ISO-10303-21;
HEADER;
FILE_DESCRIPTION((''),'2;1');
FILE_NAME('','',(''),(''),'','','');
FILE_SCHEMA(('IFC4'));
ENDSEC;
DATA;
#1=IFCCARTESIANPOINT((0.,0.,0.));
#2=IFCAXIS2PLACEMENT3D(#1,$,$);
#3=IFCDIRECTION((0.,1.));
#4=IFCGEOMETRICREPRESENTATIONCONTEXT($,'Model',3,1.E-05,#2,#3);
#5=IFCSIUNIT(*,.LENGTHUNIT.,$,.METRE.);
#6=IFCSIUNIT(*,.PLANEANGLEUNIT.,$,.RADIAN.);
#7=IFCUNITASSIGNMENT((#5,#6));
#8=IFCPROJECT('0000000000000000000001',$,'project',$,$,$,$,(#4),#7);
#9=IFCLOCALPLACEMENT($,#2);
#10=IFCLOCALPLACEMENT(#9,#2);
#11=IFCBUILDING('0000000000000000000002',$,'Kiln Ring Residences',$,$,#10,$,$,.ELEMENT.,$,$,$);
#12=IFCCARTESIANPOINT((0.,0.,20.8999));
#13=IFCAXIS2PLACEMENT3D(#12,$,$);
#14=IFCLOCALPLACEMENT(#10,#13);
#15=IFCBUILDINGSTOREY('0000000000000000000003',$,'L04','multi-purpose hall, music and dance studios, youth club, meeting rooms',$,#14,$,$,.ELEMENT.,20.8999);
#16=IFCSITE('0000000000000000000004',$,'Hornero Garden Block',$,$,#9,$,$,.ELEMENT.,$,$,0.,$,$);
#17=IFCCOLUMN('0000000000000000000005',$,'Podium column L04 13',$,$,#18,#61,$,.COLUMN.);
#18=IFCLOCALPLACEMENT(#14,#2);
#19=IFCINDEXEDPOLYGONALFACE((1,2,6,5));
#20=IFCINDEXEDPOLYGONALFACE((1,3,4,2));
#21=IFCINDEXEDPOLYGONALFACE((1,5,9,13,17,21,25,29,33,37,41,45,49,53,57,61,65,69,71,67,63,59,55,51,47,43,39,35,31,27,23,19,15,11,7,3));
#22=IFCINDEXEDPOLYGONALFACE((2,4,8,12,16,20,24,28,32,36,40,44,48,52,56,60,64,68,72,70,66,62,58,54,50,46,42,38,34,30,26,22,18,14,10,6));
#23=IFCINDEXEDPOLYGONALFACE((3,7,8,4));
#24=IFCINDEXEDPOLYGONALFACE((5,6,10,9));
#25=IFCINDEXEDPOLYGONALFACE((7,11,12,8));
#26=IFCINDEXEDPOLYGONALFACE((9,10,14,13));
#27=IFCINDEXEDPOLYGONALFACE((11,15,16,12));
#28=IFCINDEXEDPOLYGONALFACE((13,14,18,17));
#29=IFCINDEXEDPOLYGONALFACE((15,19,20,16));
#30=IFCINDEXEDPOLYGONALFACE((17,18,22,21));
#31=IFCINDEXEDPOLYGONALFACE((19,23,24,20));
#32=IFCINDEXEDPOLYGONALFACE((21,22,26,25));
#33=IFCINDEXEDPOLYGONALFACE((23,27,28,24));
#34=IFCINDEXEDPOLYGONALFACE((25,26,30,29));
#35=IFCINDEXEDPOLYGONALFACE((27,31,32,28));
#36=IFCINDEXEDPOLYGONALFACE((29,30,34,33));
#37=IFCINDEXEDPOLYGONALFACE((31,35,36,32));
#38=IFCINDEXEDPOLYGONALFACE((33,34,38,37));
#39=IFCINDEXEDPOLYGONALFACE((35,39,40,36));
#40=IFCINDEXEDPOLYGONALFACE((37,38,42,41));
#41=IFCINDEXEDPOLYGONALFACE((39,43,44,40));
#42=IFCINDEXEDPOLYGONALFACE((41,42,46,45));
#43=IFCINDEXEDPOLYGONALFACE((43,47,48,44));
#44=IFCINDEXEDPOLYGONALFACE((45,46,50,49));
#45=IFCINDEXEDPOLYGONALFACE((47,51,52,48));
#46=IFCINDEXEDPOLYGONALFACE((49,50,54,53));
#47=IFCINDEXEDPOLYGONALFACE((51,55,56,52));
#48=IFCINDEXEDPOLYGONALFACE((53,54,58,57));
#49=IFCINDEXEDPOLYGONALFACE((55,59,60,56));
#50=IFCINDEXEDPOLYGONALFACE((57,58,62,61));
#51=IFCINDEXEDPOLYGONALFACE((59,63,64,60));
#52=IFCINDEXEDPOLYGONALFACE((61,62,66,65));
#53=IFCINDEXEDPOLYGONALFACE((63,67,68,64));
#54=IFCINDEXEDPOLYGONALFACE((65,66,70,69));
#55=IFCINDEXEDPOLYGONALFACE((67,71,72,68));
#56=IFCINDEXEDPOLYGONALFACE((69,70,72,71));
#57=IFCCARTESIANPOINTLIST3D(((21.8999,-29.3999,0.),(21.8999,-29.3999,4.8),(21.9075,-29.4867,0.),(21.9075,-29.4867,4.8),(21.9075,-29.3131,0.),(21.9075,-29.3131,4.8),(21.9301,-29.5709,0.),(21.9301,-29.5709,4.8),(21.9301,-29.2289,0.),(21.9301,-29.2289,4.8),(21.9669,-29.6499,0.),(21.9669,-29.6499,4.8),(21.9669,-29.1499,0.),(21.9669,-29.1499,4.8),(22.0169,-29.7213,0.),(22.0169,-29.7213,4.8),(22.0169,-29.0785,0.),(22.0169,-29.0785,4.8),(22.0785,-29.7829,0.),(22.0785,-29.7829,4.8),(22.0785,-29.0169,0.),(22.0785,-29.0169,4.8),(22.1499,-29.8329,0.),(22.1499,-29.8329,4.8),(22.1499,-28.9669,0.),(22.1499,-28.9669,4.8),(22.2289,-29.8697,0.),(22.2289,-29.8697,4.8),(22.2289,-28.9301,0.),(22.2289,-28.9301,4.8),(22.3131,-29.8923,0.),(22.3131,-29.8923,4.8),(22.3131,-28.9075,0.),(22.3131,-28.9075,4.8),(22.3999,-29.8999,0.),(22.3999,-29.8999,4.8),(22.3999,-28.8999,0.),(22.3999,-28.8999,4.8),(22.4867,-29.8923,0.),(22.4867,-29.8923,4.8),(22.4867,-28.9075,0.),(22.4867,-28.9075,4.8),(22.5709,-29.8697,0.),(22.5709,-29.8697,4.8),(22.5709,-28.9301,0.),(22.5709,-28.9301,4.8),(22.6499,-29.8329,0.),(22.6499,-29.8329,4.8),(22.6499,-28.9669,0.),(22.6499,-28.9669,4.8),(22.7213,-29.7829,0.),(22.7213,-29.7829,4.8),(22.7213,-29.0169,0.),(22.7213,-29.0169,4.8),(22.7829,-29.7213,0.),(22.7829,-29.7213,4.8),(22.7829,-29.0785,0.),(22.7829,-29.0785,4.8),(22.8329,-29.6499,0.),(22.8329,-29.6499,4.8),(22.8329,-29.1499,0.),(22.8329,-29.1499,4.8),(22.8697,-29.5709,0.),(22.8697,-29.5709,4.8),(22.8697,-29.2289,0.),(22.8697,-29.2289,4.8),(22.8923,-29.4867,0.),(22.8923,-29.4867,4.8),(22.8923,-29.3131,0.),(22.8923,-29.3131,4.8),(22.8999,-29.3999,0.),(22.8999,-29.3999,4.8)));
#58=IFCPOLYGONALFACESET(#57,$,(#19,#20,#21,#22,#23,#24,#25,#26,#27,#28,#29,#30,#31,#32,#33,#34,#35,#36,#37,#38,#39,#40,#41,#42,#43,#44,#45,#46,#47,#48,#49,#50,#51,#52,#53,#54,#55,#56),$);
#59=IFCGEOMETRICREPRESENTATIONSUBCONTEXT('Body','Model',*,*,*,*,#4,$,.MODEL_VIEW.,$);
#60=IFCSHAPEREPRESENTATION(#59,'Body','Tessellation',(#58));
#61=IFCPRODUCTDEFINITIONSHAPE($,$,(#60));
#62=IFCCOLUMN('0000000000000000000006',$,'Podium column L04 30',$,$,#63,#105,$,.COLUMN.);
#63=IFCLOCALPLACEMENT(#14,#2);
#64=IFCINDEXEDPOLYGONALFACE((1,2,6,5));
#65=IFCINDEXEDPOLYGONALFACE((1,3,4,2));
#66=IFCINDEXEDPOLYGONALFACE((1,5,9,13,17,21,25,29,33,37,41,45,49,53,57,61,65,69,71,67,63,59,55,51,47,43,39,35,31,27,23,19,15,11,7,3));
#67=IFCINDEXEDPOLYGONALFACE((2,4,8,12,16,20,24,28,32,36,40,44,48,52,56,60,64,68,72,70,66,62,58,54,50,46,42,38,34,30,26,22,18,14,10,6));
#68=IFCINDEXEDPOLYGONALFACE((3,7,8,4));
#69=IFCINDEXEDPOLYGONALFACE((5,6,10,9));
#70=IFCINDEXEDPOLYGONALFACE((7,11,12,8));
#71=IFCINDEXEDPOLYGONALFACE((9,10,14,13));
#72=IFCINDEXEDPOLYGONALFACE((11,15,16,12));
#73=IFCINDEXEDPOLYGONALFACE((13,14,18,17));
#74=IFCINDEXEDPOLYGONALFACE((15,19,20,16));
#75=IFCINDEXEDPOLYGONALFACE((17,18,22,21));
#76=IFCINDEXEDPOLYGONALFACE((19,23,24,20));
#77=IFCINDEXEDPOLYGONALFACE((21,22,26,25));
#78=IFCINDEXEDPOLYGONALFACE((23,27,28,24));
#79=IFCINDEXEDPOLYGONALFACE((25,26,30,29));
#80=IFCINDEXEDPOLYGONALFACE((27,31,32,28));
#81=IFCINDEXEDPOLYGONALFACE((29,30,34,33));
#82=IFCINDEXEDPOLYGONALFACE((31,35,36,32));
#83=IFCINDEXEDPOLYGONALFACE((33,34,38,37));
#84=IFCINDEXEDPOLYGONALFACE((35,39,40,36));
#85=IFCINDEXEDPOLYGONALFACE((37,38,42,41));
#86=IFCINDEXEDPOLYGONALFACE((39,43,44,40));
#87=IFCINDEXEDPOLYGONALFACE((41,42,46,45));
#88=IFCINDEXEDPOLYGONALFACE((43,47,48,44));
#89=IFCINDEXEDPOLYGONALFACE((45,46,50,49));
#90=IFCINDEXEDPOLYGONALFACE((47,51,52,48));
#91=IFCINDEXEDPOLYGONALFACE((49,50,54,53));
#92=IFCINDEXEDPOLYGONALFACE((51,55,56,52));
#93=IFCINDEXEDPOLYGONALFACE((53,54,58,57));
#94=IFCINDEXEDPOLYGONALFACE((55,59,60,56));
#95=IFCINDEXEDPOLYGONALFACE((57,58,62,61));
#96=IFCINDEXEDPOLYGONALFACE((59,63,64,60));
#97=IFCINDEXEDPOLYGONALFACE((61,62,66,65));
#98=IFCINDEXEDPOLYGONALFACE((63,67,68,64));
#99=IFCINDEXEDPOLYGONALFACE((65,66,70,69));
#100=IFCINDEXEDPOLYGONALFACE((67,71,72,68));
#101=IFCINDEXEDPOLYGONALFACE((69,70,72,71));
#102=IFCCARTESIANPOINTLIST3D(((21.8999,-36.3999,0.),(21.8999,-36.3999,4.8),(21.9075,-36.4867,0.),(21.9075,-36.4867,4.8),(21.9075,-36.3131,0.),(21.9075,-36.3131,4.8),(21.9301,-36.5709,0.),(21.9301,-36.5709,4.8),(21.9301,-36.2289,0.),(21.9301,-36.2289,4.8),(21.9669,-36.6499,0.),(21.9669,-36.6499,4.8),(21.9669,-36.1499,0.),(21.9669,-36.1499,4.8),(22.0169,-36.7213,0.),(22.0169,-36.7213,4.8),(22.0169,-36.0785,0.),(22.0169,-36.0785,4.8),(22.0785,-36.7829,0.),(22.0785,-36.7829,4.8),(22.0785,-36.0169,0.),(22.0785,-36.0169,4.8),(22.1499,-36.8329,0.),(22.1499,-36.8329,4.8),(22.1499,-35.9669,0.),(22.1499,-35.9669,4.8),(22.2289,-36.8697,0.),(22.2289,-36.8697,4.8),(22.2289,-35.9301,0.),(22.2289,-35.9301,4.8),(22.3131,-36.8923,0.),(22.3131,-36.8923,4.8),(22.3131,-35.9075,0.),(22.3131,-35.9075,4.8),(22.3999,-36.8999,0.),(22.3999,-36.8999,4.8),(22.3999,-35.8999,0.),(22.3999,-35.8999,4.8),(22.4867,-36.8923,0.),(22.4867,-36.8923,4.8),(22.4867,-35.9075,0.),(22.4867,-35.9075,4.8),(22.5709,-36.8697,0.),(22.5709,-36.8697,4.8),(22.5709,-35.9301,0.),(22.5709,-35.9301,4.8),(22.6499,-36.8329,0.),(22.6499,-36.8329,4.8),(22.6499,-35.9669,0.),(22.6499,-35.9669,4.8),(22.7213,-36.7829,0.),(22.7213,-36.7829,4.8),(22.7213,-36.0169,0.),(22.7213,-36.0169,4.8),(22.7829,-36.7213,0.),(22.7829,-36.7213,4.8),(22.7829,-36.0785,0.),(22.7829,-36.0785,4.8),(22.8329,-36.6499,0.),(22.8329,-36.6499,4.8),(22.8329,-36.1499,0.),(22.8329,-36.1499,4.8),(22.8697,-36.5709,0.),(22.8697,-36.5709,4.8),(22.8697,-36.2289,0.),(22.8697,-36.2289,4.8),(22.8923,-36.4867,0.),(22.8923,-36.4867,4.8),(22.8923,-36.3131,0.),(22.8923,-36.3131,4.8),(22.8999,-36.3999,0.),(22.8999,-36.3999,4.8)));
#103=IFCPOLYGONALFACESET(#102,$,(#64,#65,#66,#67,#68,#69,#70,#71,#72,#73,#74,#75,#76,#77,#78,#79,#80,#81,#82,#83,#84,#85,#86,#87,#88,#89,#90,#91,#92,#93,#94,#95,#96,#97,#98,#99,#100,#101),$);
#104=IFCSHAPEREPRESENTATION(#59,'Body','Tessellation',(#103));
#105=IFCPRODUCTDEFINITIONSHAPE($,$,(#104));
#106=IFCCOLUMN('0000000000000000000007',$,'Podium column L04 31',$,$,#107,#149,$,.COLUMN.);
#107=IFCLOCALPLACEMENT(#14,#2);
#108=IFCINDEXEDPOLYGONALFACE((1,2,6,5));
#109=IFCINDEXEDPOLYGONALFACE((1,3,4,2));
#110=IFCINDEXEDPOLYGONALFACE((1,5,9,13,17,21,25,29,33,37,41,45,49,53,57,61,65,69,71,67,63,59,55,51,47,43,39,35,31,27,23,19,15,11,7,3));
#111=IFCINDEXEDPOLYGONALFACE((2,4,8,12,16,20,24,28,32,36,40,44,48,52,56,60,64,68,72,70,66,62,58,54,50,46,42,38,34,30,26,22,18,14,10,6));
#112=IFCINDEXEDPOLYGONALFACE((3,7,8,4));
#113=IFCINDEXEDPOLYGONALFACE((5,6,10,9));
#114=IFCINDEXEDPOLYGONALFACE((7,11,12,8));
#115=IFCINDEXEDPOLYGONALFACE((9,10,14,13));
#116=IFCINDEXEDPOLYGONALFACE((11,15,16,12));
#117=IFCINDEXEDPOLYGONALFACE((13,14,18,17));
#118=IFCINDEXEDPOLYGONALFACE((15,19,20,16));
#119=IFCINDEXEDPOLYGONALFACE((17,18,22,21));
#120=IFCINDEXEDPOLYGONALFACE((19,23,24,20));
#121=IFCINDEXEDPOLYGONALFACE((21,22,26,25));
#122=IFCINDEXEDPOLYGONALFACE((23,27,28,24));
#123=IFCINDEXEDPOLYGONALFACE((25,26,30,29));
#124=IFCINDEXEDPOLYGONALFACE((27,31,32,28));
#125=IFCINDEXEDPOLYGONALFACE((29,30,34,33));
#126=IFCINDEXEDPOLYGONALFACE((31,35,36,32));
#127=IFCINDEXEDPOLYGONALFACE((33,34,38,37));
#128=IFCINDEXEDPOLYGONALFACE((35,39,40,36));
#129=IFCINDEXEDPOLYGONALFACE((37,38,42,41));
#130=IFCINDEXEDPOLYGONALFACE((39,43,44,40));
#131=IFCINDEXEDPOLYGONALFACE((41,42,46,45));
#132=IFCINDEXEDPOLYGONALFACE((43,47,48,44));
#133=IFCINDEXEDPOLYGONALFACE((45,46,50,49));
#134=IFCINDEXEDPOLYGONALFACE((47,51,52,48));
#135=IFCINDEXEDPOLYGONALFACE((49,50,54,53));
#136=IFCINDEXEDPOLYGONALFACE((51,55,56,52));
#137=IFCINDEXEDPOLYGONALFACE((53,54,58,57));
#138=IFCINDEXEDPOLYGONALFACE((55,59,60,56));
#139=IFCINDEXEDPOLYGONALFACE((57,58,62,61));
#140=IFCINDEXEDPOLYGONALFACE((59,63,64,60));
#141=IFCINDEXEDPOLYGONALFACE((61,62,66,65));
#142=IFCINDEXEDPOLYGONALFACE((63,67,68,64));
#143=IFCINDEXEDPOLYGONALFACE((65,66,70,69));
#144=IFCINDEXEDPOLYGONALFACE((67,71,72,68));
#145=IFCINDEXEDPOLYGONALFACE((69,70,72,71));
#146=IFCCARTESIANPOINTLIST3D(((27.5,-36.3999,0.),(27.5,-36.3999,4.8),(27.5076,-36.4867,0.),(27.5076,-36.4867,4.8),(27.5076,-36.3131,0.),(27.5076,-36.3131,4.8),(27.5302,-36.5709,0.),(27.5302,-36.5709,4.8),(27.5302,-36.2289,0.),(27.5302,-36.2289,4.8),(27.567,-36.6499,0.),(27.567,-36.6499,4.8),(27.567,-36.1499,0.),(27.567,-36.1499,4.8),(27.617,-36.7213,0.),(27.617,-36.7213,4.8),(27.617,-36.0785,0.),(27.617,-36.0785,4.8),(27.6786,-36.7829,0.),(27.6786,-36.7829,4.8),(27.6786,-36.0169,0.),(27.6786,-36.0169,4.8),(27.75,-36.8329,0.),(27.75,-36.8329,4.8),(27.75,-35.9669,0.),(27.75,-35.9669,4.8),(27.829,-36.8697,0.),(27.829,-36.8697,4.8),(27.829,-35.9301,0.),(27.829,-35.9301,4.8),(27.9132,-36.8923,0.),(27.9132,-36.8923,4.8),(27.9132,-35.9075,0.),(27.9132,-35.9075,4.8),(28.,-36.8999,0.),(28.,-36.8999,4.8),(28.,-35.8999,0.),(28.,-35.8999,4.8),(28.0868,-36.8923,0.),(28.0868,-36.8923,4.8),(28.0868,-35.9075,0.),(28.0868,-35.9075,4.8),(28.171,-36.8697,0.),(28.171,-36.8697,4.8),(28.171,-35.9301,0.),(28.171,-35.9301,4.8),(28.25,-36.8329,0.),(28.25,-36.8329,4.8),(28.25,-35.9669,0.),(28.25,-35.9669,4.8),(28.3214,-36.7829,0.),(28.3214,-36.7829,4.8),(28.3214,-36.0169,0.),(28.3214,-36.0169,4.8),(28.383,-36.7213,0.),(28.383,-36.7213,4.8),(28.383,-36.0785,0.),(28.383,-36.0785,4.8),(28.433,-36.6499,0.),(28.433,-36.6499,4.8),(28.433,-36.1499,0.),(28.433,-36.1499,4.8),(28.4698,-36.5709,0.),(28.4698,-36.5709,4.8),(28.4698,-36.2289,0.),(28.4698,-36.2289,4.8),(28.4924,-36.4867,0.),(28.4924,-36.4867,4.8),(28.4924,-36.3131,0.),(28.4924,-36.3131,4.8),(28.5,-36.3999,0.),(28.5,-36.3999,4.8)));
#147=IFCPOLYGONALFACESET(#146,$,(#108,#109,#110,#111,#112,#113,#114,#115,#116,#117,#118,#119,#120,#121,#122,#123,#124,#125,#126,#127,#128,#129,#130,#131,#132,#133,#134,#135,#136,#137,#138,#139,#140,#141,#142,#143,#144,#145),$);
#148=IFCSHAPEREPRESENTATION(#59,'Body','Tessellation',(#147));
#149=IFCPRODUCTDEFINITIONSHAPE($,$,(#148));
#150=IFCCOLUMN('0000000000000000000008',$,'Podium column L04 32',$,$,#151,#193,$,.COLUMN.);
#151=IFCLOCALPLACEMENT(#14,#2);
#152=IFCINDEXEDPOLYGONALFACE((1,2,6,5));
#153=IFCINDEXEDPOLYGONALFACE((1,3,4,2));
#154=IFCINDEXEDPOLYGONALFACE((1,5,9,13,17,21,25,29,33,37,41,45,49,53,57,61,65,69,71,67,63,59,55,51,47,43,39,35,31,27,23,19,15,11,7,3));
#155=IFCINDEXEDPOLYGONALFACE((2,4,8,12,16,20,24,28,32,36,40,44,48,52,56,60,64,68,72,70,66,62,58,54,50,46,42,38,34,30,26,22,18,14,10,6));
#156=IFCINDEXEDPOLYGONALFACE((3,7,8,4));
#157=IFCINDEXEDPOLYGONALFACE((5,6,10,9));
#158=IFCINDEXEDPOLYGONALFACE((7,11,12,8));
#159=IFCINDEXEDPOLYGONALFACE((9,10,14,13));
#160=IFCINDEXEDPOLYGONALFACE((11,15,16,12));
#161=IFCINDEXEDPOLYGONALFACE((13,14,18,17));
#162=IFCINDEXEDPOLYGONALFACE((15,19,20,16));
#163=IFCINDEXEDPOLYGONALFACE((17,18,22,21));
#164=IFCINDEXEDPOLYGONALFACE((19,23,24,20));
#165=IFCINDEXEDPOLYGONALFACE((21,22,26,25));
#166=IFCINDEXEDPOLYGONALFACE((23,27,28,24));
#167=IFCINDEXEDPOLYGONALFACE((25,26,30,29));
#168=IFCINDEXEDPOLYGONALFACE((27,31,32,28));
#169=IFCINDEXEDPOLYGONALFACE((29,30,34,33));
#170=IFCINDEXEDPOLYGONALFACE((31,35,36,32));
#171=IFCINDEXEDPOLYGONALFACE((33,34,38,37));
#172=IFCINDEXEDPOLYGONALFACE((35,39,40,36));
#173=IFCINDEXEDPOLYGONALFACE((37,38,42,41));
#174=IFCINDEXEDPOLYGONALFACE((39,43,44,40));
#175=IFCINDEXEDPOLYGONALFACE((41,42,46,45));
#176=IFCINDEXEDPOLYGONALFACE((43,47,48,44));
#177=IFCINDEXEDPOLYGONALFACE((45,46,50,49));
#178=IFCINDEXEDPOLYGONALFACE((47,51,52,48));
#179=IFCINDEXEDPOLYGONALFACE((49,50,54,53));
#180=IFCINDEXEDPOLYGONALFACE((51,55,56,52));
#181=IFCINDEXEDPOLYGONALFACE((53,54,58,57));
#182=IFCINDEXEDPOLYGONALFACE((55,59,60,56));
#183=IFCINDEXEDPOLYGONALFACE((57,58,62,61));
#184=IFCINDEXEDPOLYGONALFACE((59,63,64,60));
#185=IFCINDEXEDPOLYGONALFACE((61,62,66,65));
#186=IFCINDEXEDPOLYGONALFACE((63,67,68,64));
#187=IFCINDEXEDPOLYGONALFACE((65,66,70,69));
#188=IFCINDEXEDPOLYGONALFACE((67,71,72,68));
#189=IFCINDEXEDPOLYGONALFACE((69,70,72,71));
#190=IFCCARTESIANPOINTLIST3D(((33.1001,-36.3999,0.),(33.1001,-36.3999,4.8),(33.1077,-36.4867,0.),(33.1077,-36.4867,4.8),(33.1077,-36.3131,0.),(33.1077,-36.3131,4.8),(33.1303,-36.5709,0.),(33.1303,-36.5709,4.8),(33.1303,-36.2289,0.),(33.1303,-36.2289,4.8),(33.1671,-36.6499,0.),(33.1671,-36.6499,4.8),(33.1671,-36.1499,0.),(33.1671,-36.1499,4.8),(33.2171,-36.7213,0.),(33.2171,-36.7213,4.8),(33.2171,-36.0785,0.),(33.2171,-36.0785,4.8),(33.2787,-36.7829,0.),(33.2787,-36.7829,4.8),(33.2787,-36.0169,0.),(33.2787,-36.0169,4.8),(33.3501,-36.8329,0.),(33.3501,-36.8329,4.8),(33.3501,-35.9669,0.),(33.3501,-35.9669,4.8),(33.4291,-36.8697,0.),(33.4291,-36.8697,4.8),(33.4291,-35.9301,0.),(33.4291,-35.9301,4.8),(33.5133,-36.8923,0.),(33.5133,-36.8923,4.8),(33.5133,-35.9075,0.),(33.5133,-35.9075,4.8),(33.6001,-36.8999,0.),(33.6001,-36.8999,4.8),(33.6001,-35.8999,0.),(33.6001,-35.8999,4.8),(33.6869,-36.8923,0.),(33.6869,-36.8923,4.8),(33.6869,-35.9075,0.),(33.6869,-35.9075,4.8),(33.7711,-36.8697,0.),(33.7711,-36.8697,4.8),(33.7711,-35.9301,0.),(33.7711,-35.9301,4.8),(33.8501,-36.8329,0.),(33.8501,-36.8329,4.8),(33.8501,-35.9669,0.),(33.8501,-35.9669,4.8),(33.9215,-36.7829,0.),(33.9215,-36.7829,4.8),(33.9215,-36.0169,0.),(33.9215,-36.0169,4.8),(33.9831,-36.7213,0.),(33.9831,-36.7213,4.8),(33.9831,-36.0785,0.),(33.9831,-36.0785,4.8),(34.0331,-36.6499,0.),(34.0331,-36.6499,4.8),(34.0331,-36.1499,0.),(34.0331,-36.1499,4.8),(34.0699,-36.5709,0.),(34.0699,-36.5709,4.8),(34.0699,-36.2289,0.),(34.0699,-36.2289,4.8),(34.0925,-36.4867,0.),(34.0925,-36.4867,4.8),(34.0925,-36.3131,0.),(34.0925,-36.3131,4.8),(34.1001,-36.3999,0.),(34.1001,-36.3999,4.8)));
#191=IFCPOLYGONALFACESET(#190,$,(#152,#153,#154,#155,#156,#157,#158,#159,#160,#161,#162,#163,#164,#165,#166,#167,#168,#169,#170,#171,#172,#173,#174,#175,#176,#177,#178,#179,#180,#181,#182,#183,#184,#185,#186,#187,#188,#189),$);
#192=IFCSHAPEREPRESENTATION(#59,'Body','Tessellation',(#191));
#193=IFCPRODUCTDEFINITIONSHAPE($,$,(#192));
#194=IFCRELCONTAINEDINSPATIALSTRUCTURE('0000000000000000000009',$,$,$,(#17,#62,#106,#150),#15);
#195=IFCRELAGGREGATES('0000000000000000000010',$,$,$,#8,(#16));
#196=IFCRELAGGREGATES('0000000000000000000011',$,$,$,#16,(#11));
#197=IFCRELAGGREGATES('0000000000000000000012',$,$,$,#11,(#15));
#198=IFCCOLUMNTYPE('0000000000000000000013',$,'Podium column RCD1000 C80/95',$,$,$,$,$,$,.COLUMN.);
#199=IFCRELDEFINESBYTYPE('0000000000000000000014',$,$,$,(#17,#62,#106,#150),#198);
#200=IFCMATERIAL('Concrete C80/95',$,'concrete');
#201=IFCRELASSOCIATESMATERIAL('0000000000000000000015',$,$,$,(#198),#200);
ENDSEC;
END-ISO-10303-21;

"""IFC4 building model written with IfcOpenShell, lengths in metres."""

from ifc_helpers import new_model, si_unit, direction, frame, origin, origin_2d, place, context, subcontext, project, spatial, circle, extrude, material, material_profile, profile_set, type_object, element, save


model = new_model("IFC4")

# Units and contexts
model_context = context("Model", 3, precision=1e-05, world=origin(), true_north=direction((0.0, 1.0)))
body_context = subcontext(model_context, "Body", "Model", "MODEL_VIEW")
ifc_project = project(units=[si_unit("LENGTHUNIT", "METRE"), si_unit("PLANEANGLEUNIT", "RADIAN")], contexts=[model_context])

# Site, building, storey
site_placement = place(None, origin())
site = spatial("IfcSite", under=ifc_project, at=site_placement, Name="Hornero Garden Block", CompositionType="ELEMENT", RefElevation=0.0)
building_placement = place(site_placement, origin())
building = spatial("IfcBuilding", under=site, at=building_placement, Name="Kiln Ring Residences", CompositionType="ELEMENT")
storey_placement = place(building_placement, frame((0.0, 0.0, 20.8999)))
storey = spatial("IfcBuildingStorey", under=building, at=storey_placement, Name="L04", Description="multi-purpose hall, music and dance studios, youth club, meeting rooms", CompositionType="ELEMENT", Elevation=20.8999)

# Columns
ifc_material_1 = material(Name="Concrete C80/95", Category="concrete")
ifc_material_profile_1 = material_profile(ifc_material_1, circle(Radius=0.5, at=origin_2d()), Name="RCD1000")
ifc_profile_set_1 = profile_set([ifc_material_profile_1], Name="Concrete C80/95")
column_type = type_object("IfcColumnType", Name="Podium column RCD1000 C80/95", PredefinedType="COLUMN", material=ifc_profile_set_1)
for number, where, z_axis, x_axis, name in (
    (1, (22.3999, -29.3999, 0.0), (0.0, 0.0, 1.0), (1.0, 0.0, 0.0), "Podium column L04 13"),
    (2, (22.3999, -36.3999, 0.0), (0.0, 0.0, 1.0), (1.0, 0.0, 0.0), "Podium column L04 30"),
    (3, (28.0, -36.3999, 0.0), (0.0, 0.0, 1.0), (1.0, 0.0, 0.0), "Podium column L04 31"),
    (4, (33.6001, -36.3999, 0.0), (0.0, 0.0, 1.0), (1.0, 0.0, 0.0), "Podium column L04 32"),
):
    element("IfcColumn", number, at=place(storey_placement, frame(where, z_axis=z_axis, x_axis=x_axis)), inside=storey, type_object=column_type, Name=name, PredefinedType="COLUMN", context=body_context, shape_type="SweptSolid", body=[
        extrude(circle(Radius=0.5, at=origin_2d()), origin(), (0.0, 0.0, 1.0), 4.8),
    ])

save(model, "model.ifc")
